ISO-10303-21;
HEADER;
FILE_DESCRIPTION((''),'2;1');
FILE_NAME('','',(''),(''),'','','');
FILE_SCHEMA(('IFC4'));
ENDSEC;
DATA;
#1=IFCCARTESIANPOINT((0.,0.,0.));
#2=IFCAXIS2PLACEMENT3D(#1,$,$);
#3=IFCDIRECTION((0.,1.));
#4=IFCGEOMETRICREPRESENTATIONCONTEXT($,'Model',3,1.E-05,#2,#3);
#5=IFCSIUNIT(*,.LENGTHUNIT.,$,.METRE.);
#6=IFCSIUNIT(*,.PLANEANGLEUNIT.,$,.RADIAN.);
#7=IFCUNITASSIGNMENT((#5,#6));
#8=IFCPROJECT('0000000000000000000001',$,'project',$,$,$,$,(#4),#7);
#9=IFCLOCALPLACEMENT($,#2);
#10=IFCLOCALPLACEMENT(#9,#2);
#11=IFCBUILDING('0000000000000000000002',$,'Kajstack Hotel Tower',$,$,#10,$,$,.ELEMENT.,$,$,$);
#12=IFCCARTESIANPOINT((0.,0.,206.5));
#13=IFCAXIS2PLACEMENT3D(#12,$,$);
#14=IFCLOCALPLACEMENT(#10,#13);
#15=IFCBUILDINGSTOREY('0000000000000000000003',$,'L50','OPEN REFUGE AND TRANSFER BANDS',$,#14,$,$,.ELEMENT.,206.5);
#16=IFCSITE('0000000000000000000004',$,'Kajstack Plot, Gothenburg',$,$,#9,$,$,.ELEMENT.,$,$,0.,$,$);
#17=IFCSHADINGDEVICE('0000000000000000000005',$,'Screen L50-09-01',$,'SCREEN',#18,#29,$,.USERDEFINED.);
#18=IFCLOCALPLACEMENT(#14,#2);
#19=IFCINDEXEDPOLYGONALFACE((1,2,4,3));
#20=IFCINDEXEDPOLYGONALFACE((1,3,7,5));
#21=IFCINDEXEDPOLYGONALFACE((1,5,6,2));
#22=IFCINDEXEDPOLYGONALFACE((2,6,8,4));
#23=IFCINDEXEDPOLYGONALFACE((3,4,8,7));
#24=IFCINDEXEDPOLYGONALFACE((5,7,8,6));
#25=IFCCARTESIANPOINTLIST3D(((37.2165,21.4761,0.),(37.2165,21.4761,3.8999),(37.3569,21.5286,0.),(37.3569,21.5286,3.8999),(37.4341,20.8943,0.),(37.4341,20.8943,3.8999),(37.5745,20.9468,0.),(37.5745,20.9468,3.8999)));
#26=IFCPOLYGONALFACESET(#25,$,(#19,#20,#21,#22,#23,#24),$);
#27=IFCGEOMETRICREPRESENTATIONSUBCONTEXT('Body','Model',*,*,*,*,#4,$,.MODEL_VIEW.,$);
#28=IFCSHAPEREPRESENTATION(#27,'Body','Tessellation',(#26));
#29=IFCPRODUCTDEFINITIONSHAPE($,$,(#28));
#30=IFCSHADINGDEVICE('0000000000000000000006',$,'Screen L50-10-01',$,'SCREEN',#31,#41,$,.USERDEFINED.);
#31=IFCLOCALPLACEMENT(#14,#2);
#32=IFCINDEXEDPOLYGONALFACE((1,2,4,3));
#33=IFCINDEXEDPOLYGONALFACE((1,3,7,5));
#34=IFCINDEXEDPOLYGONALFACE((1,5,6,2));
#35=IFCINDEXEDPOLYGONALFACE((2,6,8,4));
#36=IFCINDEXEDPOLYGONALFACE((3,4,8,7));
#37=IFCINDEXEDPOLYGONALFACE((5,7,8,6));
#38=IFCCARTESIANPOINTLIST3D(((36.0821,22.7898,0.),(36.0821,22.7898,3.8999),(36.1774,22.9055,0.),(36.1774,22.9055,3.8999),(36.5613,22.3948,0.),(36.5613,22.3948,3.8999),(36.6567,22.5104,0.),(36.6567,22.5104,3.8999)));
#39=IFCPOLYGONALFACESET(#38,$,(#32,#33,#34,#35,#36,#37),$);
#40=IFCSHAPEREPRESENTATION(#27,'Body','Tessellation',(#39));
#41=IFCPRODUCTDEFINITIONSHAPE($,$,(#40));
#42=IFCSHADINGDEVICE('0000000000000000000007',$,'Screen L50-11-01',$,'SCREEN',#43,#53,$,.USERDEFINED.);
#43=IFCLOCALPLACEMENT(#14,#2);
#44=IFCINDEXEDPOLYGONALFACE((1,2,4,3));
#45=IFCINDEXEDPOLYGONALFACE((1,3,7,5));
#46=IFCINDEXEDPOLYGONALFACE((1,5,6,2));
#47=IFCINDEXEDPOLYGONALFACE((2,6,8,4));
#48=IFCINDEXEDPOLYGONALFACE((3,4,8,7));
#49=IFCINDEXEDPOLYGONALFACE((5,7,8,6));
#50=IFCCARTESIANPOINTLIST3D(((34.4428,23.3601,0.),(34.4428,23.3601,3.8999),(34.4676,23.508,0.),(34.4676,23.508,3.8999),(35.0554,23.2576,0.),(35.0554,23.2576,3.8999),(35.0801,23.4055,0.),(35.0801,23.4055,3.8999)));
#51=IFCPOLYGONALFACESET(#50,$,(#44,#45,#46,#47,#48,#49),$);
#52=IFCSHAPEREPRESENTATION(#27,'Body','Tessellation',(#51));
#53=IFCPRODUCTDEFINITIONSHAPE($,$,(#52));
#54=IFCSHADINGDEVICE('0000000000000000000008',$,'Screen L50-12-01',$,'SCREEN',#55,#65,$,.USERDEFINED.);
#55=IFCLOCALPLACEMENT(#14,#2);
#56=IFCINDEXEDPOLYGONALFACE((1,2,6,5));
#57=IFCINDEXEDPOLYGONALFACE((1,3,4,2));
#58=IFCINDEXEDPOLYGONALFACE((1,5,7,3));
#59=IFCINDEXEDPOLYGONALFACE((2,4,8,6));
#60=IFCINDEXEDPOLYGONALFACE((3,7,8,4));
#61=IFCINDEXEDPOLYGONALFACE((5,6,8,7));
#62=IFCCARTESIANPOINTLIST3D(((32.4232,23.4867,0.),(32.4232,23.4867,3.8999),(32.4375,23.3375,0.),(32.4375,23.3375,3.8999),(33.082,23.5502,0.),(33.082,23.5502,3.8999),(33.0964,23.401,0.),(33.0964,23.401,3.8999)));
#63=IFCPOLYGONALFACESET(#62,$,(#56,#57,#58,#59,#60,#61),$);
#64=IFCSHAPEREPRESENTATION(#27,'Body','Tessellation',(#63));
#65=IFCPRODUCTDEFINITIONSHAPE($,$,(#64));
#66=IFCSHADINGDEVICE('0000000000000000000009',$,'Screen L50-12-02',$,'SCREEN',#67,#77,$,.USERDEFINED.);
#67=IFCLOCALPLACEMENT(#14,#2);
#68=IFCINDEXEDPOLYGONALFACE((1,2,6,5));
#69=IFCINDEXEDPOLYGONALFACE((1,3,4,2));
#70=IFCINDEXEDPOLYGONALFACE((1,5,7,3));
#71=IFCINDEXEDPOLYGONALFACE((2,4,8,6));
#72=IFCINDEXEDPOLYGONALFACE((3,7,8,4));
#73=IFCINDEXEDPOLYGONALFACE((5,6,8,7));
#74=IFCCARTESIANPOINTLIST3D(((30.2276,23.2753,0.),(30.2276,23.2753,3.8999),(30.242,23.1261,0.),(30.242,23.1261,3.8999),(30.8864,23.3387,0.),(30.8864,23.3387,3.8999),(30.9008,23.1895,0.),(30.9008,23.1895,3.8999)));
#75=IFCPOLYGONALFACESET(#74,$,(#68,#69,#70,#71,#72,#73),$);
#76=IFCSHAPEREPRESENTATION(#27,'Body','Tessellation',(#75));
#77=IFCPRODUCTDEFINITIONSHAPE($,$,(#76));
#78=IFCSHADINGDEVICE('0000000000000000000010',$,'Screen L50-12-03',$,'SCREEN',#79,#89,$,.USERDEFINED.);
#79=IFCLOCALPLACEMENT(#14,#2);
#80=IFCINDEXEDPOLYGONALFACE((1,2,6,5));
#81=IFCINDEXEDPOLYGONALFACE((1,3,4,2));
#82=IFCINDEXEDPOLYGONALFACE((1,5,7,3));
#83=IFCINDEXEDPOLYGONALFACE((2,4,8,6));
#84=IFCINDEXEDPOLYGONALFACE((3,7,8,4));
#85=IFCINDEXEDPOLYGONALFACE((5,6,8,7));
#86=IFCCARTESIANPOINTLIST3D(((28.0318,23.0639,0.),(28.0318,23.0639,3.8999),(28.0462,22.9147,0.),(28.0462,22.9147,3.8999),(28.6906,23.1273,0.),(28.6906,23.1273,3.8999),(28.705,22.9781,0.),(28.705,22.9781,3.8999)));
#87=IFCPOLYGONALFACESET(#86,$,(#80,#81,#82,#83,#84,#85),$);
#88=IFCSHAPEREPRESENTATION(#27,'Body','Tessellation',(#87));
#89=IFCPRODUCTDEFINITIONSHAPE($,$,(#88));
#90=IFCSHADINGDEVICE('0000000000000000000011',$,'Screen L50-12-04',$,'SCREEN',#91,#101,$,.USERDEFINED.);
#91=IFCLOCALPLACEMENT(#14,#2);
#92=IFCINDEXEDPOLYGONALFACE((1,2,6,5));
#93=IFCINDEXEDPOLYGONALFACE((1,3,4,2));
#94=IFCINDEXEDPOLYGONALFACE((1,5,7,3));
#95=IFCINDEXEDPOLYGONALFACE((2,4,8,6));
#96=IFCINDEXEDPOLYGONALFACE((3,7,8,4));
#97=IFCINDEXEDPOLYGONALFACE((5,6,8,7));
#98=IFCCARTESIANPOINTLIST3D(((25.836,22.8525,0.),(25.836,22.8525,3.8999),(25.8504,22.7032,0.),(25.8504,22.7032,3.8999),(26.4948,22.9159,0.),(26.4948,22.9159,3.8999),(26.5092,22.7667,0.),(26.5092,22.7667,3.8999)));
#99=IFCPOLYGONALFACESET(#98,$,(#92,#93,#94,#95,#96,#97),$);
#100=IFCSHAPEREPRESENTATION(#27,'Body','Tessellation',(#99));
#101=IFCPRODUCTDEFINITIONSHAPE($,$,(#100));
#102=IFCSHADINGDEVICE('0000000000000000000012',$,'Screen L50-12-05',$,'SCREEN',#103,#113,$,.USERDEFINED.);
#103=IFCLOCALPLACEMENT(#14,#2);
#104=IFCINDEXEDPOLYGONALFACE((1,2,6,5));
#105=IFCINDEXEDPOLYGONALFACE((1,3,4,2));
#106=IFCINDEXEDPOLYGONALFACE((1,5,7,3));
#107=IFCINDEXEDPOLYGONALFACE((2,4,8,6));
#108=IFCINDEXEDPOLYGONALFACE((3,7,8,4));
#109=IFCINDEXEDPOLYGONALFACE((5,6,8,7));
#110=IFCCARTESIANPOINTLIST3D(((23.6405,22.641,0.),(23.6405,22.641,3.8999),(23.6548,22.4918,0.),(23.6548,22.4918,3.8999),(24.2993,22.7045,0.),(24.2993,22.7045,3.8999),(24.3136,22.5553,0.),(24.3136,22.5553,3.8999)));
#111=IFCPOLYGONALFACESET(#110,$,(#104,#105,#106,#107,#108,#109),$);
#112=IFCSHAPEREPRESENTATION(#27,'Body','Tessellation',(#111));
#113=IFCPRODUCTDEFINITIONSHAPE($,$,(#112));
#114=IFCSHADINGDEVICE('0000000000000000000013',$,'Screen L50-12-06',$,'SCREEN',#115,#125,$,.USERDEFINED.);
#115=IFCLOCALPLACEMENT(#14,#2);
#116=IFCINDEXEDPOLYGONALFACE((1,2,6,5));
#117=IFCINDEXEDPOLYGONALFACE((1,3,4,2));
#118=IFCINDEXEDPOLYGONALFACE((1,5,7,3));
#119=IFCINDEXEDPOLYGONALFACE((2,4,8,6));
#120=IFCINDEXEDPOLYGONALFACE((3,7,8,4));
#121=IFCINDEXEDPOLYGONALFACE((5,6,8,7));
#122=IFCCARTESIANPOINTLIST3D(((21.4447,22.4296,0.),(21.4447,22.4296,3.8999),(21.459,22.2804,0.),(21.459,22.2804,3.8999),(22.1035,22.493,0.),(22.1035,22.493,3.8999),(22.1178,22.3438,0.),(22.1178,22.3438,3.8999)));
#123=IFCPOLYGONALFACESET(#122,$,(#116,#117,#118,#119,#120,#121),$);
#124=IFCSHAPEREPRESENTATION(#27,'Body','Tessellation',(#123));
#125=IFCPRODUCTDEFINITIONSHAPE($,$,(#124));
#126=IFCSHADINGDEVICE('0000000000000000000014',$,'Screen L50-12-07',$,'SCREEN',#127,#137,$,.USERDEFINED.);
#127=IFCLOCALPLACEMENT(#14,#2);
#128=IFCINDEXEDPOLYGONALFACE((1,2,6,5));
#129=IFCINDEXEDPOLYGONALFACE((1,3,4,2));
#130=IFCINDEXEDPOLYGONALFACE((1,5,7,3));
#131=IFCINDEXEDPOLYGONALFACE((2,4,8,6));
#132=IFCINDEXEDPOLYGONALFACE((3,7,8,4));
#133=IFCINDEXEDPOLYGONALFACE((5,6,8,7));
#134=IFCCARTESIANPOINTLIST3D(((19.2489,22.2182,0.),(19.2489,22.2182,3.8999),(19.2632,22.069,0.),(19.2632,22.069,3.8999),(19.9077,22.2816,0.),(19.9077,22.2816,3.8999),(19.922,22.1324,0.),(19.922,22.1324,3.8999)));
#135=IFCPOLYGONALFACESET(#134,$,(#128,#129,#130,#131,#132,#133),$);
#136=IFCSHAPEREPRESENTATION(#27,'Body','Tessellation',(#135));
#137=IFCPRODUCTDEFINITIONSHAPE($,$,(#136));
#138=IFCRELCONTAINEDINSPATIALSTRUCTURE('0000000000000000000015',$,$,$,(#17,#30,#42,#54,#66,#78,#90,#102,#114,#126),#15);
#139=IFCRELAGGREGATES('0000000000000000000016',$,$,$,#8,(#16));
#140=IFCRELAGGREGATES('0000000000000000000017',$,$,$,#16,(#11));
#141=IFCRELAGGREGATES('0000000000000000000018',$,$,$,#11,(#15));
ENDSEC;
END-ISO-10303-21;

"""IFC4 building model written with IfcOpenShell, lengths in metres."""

from ifc_helpers import new_model, si_unit, direction, frame, origin, origin_2d, place, context, subcontext, project, spatial, rectangle, extrude, element, save


model = new_model("IFC4")

# Units and contexts
model_context = context("Model", 3, precision=1e-05, world=origin(), true_north=direction((0.0, 1.0)))
body_context = subcontext(model_context, "Body", "Model", "MODEL_VIEW")
ifc_project = project(units=[si_unit("LENGTHUNIT", "METRE"), si_unit("PLANEANGLEUNIT", "RADIAN")], contexts=[model_context])

# Site, building, storey
site_placement = place(None, origin())
site = spatial("IfcSite", under=ifc_project, at=site_placement, Name="Kajstack Plot, Gothenburg", CompositionType="ELEMENT", RefElevation=0.0)
building_placement = place(site_placement, origin())
building = spatial("IfcBuilding", under=site, at=building_placement, Name="Kajstack Hotel Tower", CompositionType="ELEMENT")
storey_placement = place(building_placement, frame((0.0, 0.0, 206.5)))
storey = spatial("IfcBuildingStorey", under=building, at=storey_placement, Name="L50", Description="OPEN REFUGE AND TRANSFER BANDS", CompositionType="ELEMENT", Elevation=206.5)

# Shading devices
for number, where, z_axis, x_axis, name in (
    (1, (37.3955, 21.2114, 0.0), (0.0, 0.0, 1.0), (-0.350229, 0.936664, 0.0), "Screen L50-09-01"),
    (2, (36.3694, 22.6501, 0.0), (0.0, 0.0, 1.0), (-0.771615, 0.63609, 0.0), "Screen L50-10-01"),
    (3, (34.7615, 23.3828, 0.0), (0.0, 0.0, 1.0), (-0.986289, 0.165025, 0.0), "Screen L50-11-01"),
):
    element("IfcShadingDevice", number, at=place(storey_placement, frame(where, z_axis=z_axis, x_axis=x_axis)), inside=storey, Name=name, ObjectType="SCREEN", PredefinedType="USERDEFINED", context=body_context, shape_type="SweptSolid", body=[
        extrude(rectangle(XDim=0.6211, YDim=0.1499, at=origin_2d()), origin(), (0.0, 0.0, 1.0), 3.8999),
    ])
for number, where, z_axis, x_axis, name in (
    (4, (32.7598, 23.4438, 0.0), (0.0, 0.0, 1.0), (-0.995396, -0.095845, 0.0), "Screen L50-12-01"),
    (5, (30.5642, 23.2324, 0.0), (0.0, 0.0, 1.0), (-0.995396, -0.095845, 0.0), "Screen L50-12-02"),
    (6, (28.3684, 23.021, 0.0), (0.0, 0.0, 1.0), (-0.995396, -0.095845, 0.0), "Screen L50-12-03"),
    (7, (26.1726, 22.8096, 0.0), (0.0, 0.0, 1.0), (-0.995396, -0.095845, 0.0), "Screen L50-12-04"),
    (8, (23.9771, 22.5981, 0.0), (0.0, 0.0, 1.0), (-0.995396, -0.095845, 0.0), "Screen L50-12-05"),
    (9, (21.7812, 22.3867, 0.0), (0.0, 0.0, 1.0), (-0.995396, -0.095845, 0.0), "Screen L50-12-06"),
    (10, (19.5854, 22.1753, 0.0), (0.0, 0.0, 1.0), (-0.995396, -0.095845, 0.0), "Screen L50-12-07"),
):
    element("IfcShadingDevice", number, at=place(storey_placement, frame(where, z_axis=z_axis, x_axis=x_axis)), inside=storey, Name=name, ObjectType="SCREEN", PredefinedType="USERDEFINED", context=body_context, shape_type="SweptSolid", body=[
        extrude(rectangle(XDim=0.6619, YDim=0.1499, at=origin_2d()), origin(), (0.0, 0.0, 1.0), 3.8999),
    ])

save(model, "model.ifc")
